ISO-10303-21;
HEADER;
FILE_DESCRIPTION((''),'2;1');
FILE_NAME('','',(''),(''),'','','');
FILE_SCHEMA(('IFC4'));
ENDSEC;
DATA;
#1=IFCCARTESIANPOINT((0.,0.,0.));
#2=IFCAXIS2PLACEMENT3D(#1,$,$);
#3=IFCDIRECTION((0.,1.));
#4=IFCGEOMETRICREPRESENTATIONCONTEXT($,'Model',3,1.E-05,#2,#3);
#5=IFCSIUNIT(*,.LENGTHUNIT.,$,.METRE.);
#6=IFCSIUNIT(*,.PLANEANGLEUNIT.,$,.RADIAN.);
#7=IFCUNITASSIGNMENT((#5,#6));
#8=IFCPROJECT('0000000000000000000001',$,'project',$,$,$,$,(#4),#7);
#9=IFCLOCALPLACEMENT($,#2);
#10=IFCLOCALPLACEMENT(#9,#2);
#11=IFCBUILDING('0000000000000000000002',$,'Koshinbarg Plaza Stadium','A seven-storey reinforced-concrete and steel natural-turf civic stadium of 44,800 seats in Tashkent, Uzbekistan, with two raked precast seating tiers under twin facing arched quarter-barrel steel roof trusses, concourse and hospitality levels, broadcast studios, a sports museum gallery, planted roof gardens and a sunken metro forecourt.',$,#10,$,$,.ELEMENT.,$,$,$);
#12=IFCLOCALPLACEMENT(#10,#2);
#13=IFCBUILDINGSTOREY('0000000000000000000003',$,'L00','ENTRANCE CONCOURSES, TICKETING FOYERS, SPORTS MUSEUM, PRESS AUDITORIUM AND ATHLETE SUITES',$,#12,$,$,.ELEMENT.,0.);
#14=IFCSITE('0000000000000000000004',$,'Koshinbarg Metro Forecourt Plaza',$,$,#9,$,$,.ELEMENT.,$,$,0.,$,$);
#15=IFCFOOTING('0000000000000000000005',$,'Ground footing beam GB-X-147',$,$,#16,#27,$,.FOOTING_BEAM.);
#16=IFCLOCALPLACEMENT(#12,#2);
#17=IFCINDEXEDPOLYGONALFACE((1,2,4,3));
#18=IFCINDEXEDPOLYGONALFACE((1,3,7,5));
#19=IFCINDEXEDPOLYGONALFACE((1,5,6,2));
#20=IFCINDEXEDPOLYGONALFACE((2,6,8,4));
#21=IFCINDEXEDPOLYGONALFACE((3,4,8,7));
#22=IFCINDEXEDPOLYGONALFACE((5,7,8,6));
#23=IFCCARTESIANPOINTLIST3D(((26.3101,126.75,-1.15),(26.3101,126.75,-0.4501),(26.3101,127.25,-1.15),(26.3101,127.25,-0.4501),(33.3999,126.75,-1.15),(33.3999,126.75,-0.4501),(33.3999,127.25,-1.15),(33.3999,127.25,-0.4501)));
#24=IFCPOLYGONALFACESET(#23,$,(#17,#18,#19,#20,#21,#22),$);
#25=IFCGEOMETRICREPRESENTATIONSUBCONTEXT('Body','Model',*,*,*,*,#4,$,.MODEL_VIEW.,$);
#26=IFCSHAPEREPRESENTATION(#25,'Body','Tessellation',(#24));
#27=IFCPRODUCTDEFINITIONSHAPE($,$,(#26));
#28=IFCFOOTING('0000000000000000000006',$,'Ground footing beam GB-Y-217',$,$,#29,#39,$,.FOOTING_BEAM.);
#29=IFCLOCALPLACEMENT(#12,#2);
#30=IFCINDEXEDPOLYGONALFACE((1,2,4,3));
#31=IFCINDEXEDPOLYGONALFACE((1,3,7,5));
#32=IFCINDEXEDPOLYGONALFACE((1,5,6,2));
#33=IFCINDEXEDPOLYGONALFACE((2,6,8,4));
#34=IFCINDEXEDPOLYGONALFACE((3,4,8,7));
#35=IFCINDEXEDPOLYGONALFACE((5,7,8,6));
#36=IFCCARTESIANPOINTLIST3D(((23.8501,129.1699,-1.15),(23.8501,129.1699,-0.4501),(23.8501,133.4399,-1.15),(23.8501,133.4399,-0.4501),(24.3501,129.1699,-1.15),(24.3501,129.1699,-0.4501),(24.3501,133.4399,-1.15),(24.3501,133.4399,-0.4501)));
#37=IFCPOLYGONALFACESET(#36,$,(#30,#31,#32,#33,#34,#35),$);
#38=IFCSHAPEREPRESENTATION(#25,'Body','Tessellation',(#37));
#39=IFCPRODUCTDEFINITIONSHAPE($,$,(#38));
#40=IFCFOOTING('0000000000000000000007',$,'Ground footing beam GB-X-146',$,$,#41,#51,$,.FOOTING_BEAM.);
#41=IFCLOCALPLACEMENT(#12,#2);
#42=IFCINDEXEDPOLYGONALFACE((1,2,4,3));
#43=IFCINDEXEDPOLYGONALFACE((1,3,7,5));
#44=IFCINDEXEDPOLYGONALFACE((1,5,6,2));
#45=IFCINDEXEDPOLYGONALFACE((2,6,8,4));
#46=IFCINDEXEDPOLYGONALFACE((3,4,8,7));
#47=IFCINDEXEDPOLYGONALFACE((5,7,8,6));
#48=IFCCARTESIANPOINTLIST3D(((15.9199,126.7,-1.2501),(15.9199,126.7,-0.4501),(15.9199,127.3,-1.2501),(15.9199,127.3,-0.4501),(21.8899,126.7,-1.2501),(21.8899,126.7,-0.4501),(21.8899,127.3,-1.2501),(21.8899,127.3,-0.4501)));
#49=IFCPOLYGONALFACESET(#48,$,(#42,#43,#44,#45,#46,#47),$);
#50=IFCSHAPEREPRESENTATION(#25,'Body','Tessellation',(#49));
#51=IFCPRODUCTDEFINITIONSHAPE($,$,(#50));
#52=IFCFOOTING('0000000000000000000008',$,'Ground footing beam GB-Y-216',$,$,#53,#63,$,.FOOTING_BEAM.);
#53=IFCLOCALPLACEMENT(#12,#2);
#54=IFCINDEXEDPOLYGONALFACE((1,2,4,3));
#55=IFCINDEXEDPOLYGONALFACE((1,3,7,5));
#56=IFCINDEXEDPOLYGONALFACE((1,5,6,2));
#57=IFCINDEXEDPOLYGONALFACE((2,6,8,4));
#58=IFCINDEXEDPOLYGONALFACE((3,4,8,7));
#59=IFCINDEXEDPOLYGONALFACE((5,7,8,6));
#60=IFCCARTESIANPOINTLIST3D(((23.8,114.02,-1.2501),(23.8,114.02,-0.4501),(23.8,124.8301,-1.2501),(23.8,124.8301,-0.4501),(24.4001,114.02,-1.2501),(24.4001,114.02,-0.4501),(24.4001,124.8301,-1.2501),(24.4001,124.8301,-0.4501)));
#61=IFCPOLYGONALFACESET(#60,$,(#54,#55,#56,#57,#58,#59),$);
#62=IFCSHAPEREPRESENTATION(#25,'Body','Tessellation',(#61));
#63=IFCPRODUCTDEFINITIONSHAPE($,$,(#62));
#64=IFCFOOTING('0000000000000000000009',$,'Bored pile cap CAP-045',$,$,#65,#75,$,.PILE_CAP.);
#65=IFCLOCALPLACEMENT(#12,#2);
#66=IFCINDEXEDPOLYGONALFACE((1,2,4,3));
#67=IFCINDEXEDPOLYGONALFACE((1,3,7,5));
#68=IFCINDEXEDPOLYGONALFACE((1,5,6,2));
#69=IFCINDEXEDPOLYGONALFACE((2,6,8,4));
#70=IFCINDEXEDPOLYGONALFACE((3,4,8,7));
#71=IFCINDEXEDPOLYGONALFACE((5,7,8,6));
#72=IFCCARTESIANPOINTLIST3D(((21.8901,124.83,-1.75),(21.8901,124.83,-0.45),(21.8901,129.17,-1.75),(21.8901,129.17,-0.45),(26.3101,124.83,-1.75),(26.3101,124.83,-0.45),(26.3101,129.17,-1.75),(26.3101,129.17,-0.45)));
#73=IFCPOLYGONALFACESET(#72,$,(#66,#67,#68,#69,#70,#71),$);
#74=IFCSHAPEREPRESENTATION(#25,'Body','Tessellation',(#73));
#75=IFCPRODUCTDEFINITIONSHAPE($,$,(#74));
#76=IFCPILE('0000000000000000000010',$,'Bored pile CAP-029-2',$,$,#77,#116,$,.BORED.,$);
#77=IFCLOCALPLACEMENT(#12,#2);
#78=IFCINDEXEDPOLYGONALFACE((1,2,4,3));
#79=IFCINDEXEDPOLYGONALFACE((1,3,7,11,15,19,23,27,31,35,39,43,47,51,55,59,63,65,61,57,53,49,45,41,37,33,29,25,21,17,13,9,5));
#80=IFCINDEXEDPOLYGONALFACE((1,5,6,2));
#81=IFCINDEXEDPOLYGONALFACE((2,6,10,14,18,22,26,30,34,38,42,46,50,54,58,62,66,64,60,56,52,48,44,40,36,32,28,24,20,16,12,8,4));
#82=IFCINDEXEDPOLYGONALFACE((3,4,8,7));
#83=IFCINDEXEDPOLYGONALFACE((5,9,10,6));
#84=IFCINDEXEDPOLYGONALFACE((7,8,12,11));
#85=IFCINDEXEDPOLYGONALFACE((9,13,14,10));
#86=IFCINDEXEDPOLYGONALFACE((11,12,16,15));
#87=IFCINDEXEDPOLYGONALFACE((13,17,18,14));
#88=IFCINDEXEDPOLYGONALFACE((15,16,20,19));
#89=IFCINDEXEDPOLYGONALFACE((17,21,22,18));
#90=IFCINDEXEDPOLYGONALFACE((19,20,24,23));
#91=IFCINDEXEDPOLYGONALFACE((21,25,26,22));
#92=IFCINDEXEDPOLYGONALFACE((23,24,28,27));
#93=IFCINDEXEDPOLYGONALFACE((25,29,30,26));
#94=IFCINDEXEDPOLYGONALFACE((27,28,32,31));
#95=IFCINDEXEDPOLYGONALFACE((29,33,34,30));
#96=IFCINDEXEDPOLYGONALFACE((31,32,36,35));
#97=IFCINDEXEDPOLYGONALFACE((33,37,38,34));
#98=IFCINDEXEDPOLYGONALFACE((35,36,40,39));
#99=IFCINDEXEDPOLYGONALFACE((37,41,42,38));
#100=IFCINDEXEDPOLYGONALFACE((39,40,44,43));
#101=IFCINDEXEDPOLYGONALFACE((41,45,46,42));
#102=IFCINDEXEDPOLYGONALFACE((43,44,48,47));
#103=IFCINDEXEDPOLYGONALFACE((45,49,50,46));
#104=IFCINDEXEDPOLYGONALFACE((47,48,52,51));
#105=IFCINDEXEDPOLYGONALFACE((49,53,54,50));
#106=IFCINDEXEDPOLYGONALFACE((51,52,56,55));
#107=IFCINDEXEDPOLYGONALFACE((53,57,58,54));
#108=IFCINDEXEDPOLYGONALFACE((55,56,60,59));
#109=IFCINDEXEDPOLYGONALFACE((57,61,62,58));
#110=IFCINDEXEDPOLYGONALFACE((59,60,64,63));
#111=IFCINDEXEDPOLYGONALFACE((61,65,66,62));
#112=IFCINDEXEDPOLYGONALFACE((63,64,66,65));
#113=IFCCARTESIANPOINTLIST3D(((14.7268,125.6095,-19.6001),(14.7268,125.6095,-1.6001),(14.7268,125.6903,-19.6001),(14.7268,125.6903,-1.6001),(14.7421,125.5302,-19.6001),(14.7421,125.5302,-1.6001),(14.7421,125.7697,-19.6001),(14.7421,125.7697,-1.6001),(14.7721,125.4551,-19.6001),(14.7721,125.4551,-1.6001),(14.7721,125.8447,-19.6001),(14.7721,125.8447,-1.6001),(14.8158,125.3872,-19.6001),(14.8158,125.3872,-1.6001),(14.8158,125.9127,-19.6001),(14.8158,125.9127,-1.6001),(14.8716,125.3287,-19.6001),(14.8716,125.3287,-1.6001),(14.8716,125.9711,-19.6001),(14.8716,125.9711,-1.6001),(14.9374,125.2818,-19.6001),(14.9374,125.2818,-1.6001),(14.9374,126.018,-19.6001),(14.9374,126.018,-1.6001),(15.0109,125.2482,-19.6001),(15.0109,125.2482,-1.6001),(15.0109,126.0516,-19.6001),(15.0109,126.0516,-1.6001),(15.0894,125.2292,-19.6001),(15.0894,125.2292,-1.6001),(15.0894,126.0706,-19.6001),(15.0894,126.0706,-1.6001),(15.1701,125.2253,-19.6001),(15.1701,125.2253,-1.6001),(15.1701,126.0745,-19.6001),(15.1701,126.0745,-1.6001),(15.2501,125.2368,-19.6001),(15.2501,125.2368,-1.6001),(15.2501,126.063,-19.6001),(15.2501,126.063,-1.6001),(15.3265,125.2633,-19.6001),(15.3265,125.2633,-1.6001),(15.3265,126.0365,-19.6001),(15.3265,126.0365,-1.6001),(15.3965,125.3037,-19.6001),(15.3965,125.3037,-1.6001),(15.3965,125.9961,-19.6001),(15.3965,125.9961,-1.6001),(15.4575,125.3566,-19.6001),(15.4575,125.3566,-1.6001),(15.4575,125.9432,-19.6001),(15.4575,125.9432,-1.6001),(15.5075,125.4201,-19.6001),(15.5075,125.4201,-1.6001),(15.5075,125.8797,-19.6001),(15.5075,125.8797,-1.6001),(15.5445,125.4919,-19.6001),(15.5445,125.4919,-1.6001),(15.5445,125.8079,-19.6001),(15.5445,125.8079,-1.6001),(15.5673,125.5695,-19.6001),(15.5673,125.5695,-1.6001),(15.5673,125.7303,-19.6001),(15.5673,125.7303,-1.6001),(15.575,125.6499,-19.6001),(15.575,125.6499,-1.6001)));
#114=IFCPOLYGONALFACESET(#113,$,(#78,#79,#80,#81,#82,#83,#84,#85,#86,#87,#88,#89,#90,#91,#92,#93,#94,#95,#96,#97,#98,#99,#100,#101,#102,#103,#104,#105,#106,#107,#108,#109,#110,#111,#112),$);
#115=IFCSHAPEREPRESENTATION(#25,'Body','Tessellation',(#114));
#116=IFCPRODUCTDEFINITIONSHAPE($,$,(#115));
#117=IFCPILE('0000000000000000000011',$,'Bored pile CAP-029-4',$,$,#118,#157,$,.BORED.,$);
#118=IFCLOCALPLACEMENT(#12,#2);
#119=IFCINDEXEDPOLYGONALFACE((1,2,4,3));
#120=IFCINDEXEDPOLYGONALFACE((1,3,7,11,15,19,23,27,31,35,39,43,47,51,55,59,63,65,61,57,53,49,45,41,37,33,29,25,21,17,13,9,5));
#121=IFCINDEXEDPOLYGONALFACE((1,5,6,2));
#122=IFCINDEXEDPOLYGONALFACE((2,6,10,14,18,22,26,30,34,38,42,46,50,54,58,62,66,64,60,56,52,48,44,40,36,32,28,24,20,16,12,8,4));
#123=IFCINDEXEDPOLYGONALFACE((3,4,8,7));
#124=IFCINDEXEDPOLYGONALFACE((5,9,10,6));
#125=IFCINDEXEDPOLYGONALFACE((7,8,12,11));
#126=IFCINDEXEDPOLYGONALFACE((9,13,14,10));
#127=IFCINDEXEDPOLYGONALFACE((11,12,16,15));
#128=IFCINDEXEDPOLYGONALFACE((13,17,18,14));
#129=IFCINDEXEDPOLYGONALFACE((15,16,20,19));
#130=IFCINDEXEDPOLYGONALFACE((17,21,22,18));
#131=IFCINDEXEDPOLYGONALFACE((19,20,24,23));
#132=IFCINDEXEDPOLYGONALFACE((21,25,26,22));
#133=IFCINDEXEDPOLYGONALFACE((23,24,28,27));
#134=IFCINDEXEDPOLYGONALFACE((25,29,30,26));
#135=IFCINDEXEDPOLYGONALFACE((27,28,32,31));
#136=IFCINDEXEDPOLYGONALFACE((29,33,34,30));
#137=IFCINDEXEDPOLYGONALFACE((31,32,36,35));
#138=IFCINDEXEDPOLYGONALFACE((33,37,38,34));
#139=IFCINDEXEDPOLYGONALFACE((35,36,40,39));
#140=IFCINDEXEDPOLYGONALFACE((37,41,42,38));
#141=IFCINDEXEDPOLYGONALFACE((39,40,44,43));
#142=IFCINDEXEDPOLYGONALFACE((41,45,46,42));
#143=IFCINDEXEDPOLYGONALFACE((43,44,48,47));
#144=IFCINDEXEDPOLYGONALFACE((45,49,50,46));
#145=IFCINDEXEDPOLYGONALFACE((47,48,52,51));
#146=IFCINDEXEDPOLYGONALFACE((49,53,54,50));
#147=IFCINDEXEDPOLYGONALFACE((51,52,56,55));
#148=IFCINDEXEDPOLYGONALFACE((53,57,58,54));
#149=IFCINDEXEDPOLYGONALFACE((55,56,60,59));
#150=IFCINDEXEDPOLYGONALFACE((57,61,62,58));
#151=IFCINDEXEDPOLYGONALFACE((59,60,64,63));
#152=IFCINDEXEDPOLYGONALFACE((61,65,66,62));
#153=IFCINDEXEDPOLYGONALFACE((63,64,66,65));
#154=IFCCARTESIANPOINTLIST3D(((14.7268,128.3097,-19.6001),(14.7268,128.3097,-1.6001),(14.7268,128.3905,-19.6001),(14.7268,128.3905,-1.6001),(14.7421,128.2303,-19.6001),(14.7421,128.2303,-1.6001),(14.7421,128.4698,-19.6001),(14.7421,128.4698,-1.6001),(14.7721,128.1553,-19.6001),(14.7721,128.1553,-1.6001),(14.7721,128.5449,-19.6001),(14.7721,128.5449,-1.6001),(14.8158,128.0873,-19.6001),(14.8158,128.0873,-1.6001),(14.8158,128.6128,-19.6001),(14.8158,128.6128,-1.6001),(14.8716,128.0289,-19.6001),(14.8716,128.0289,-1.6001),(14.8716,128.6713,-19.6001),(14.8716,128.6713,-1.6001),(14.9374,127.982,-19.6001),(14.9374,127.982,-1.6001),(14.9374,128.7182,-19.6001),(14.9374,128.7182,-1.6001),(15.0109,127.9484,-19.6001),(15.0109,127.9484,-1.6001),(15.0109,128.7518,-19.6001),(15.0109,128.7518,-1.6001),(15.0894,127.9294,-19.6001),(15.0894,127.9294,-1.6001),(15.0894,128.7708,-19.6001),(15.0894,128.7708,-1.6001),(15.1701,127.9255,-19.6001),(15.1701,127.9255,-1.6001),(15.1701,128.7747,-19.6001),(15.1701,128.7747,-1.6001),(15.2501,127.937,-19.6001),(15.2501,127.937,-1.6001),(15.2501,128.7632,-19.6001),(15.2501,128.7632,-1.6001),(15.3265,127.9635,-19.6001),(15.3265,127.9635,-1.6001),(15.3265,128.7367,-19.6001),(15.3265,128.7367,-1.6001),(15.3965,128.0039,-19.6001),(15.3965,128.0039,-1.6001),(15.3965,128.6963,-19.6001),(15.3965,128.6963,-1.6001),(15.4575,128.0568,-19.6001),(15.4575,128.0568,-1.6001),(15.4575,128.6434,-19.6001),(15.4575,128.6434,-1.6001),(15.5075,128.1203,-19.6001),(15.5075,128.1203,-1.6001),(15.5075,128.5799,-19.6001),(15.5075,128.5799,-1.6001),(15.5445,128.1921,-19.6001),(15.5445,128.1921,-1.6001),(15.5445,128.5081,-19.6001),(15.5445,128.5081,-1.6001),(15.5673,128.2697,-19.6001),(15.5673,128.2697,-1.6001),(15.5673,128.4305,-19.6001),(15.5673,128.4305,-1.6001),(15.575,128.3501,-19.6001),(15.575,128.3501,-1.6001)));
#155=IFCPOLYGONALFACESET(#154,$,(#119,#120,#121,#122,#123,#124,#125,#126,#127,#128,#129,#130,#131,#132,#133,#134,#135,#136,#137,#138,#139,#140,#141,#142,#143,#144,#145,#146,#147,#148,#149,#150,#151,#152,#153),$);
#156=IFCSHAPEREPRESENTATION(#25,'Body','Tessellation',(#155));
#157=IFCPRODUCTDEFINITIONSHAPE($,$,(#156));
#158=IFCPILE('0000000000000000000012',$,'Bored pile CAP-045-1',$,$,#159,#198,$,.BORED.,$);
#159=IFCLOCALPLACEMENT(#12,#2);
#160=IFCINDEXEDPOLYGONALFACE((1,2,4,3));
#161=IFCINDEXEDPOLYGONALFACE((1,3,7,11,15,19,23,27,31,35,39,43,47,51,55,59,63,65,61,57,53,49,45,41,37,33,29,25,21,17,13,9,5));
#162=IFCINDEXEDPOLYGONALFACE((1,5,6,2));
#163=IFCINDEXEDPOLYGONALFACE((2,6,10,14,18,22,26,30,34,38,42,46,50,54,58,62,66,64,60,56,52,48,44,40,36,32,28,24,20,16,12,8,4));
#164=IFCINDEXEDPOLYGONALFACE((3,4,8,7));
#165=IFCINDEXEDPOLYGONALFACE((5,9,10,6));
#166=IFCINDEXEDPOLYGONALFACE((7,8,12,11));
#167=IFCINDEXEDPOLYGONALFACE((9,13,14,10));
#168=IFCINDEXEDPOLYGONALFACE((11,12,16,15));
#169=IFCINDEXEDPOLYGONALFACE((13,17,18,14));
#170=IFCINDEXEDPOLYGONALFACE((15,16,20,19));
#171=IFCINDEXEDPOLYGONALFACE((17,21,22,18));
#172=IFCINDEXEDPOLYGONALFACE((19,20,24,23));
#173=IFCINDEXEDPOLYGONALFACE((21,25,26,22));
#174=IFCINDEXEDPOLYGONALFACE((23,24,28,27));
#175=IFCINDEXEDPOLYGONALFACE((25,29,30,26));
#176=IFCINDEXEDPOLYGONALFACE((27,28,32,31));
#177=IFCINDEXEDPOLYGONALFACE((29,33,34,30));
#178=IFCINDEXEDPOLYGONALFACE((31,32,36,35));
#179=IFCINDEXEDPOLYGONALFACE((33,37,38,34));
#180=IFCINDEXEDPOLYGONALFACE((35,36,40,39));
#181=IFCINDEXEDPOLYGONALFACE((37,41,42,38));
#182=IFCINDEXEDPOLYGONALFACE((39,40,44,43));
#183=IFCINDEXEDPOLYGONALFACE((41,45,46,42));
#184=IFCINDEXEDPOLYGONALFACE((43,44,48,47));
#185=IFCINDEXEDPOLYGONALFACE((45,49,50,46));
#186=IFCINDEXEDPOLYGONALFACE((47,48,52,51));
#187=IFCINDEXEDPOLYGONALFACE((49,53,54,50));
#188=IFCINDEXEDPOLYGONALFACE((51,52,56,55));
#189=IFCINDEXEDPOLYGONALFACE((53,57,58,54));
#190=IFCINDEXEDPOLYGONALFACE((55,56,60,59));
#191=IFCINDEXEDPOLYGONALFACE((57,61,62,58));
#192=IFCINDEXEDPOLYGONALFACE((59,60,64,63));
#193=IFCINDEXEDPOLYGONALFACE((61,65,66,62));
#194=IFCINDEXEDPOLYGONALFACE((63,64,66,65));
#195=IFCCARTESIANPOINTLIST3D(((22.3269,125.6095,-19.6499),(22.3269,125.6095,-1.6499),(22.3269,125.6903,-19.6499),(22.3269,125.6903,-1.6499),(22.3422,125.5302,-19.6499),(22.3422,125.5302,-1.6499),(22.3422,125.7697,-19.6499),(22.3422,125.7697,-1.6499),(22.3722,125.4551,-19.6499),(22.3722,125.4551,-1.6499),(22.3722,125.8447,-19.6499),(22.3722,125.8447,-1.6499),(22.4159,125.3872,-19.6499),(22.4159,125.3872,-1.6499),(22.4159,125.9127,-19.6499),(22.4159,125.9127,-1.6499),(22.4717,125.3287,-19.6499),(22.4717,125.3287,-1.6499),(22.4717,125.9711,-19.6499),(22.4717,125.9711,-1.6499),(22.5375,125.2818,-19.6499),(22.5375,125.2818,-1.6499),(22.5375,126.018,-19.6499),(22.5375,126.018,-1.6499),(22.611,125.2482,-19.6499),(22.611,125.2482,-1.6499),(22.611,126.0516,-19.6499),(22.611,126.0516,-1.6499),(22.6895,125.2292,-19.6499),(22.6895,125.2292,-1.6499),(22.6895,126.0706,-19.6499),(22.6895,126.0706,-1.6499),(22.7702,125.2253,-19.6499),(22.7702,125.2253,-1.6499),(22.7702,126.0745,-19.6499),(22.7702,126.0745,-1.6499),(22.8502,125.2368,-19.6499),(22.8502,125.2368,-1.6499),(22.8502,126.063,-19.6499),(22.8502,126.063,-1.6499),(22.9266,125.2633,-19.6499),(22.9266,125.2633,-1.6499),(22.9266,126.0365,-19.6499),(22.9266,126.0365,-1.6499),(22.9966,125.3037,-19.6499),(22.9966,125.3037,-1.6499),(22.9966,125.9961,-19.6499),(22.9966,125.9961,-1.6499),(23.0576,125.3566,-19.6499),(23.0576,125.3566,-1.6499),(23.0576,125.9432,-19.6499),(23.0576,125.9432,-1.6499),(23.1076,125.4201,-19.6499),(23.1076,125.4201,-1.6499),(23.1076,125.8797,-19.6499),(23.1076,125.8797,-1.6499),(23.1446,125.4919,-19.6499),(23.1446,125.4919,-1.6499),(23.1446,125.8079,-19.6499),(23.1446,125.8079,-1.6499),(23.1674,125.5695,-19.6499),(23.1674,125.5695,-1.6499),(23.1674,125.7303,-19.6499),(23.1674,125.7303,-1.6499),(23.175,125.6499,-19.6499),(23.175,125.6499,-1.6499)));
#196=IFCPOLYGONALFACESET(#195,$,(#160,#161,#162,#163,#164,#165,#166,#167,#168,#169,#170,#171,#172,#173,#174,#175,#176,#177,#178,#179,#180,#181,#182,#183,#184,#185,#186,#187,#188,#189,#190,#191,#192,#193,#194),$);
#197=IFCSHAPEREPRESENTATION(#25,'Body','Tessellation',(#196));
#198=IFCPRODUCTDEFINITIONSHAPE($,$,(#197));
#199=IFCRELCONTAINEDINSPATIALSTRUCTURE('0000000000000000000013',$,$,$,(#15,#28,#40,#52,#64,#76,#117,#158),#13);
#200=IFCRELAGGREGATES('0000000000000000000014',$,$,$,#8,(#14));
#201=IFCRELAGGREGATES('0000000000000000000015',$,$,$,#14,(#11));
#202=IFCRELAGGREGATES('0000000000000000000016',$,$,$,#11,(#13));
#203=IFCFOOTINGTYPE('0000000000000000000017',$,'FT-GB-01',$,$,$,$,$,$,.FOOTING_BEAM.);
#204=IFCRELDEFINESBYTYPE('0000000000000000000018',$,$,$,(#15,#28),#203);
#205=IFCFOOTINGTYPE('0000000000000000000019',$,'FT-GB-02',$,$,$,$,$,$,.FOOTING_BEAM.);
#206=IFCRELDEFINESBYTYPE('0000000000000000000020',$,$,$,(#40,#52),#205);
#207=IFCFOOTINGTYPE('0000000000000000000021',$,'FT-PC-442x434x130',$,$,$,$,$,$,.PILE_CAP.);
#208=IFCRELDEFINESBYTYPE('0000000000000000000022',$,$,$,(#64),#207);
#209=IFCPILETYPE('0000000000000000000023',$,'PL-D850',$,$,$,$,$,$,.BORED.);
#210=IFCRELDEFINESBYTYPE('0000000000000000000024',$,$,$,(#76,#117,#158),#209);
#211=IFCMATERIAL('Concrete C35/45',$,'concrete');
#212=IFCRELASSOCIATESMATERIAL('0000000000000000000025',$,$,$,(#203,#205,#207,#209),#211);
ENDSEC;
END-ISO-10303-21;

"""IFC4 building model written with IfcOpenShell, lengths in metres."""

from ifc_helpers import new_model, si_unit, direction, frame, origin, origin_2d, place, context, subcontext, project, spatial, rectangle, circle, extrude, material, material_profile, profile_set, type_object, element, save


model = new_model("IFC4")

# Units and contexts
model_context = context("Model", 3, precision=1e-05, world=origin(), true_north=direction((0.0, 1.0)))
body_context = subcontext(model_context, "Body", "Model", "MODEL_VIEW")
ifc_project = project(units=[si_unit("LENGTHUNIT", "METRE"), si_unit("PLANEANGLEUNIT", "RADIAN")], contexts=[model_context])

# Site, building, storey
site_placement = place(None, origin())
site = spatial("IfcSite", under=ifc_project, at=site_placement, Name="Koshinbarg Metro Forecourt Plaza", CompositionType="ELEMENT", RefElevation=0.0)
building_placement = place(site_placement, origin())
building = spatial("IfcBuilding", under=site, at=building_placement, Name="Koshinbarg Plaza Stadium", Description="A seven-storey reinforced-concrete and steel natural-turf civic stadium of 44,800 seats in Tashkent, Uzbekistan, with two raked precast seating tiers under twin facing arched quarter-barrel steel roof trusses, concourse and hospitality levels, broadcast studios, a sports museum gallery, planted roof gardens and a sunken metro forecourt.", CompositionType="ELEMENT")
storey_placement = place(building_placement, origin())
storey = spatial("IfcBuildingStorey", under=building, at=storey_placement, Name="L00", Description="ENTRANCE CONCOURSES, TICKETING FOYERS, SPORTS MUSEUM, PRESS AUDITORIUM AND ATHLETE SUITES", CompositionType="ELEMENT", Elevation=0.0)

# Footings
ifc_material_1 = material(Name="Concrete C35/45", Category="concrete")
ifc_material_profile_1 = material_profile(ifc_material_1, rectangle(XDim=0.5, YDim=0.7, at=origin_2d()), Name="GB 500x700")
ifc_profile_set_1 = profile_set([ifc_material_profile_1], Name="Concrete C35/45")
footing_type_1 = type_object("IfcFootingType", Name="FT-GB-01", PredefinedType="FOOTING_BEAM", material=ifc_profile_set_1)
footing_1_placement = place(storey_placement, frame((26.3101, 127.0, -0.8), z_axis=(1.0, 0.0, 0.0), x_axis=(0.0, 1.0, 0.0)))
element("IfcFooting", 1, at=footing_1_placement, inside=storey, type_object=footing_type_1, Name="Ground footing beam GB-X-147", PredefinedType="FOOTING_BEAM", context=body_context, shape_type="SweptSolid", body=[
    extrude(rectangle(XDim=0.5, YDim=0.7, at=origin_2d()), origin(), (0.0, 0.0, 1.0), 7.0898),
])
footing_2_placement = place(storey_placement, frame((24.1001, 129.1699, -0.8), z_axis=(0.0, 1.0, 0.0), x_axis=(-1.0, 0.0, 0.0)))
element("IfcFooting", 2, at=footing_2_placement, inside=storey, type_object=footing_type_1, Name="Ground footing beam GB-Y-217", PredefinedType="FOOTING_BEAM", context=body_context, shape_type="SweptSolid", body=[
    extrude(rectangle(XDim=0.5, YDim=0.7, at=origin_2d()), origin(), (0.0, 0.0, 1.0), 4.27),
])
ifc_material_profile_2 = material_profile(ifc_material_1, rectangle(XDim=0.6001, YDim=0.8, at=origin_2d()), Name="GB 600x800")
ifc_profile_set_2 = profile_set([ifc_material_profile_2], Name="Concrete C35/45")
footing_type_2 = type_object("IfcFootingType", Name="FT-GB-02", PredefinedType="FOOTING_BEAM", material=ifc_profile_set_2)
footing_3_placement = place(storey_placement, frame((15.9199, 127.0, -0.8501), z_axis=(1.0, 0.0, 0.0), x_axis=(0.0, 1.0, 0.0)))
element("IfcFooting", 3, at=footing_3_placement, inside=storey, type_object=footing_type_2, Name="Ground footing beam GB-X-146", PredefinedType="FOOTING_BEAM", context=body_context, shape_type="SweptSolid", body=[
    extrude(rectangle(XDim=0.6001, YDim=0.8, at=origin_2d()), origin(), (0.0, 0.0, 1.0), 5.97),
])
footing_4_placement = place(storey_placement, frame((24.1001, 114.02, -0.8501), z_axis=(0.0, 1.0, 0.0), x_axis=(-1.0, 0.0, 0.0)))
element("IfcFooting", 4, at=footing_4_placement, inside=storey, type_object=footing_type_2, Name="Ground footing beam GB-Y-216", PredefinedType="FOOTING_BEAM", context=body_context, shape_type="SweptSolid", body=[
    extrude(rectangle(XDim=0.6001, YDim=0.8, at=origin_2d()), origin(), (0.0, 0.0, 1.0), 10.8101),
])
footing_type_3 = type_object("IfcFootingType", Name="FT-PC-442x434x130", PredefinedType="PILE_CAP", material=ifc_material_1)
footing_5_placement = place(storey_placement, frame((24.1001, 127.0, -1.75), z_axis=(0.0, 0.0, 1.0), x_axis=(1.0, 0.0, 0.0)))
element("IfcFooting", 5, at=footing_5_placement, inside=storey, type_object=footing_type_3, Name="Bored pile cap CAP-045", PredefinedType="PILE_CAP", context=body_context, shape_type="SweptSolid", body=[
    extrude(rectangle(XDim=4.4199, YDim=4.3401, at=origin_2d()), origin(), (0.0, 0.0, 1.0), 1.3),
])

# Piles
ifc_material_profile_3 = material_profile(ifc_material_1, circle(Radius=0.425, at=origin_2d()), Name="PILE D850")
ifc_profile_set_3 = profile_set([ifc_material_profile_3], Name="Concrete C35/45")
pile_type_1 = type_object("IfcPileType", Name="PL-D850", PredefinedType="BORED", material=ifc_profile_set_3)
for number, where, z_axis, x_axis, name in (
    (6, (15.1499, 125.6499, -1.6001), (0.0, 0.0, -1.0), (1.0, 0.0, 0.0), "Bored pile CAP-029-2"),
    (7, (15.1499, 128.3501, -1.6001), (0.0, 0.0, -1.0), (1.0, 0.0, 0.0), "Bored pile CAP-029-4"),
    (8, (22.75, 125.6499, -1.6499), (0.0, 0.0, -1.0), (1.0, 0.0, 0.0), "Bored pile CAP-045-1"),
):
    element("IfcPile", number, at=place(storey_placement, frame(where, z_axis=z_axis, x_axis=x_axis)), inside=storey, type_object=pile_type_1, Name=name, PredefinedType="BORED", context=body_context, shape_type="SweptSolid", body=[
        extrude(circle(Radius=0.425, at=origin_2d()), origin(), (0.0, 0.0, 1.0), 18.0),
    ])

save(model, "model.ifc")
